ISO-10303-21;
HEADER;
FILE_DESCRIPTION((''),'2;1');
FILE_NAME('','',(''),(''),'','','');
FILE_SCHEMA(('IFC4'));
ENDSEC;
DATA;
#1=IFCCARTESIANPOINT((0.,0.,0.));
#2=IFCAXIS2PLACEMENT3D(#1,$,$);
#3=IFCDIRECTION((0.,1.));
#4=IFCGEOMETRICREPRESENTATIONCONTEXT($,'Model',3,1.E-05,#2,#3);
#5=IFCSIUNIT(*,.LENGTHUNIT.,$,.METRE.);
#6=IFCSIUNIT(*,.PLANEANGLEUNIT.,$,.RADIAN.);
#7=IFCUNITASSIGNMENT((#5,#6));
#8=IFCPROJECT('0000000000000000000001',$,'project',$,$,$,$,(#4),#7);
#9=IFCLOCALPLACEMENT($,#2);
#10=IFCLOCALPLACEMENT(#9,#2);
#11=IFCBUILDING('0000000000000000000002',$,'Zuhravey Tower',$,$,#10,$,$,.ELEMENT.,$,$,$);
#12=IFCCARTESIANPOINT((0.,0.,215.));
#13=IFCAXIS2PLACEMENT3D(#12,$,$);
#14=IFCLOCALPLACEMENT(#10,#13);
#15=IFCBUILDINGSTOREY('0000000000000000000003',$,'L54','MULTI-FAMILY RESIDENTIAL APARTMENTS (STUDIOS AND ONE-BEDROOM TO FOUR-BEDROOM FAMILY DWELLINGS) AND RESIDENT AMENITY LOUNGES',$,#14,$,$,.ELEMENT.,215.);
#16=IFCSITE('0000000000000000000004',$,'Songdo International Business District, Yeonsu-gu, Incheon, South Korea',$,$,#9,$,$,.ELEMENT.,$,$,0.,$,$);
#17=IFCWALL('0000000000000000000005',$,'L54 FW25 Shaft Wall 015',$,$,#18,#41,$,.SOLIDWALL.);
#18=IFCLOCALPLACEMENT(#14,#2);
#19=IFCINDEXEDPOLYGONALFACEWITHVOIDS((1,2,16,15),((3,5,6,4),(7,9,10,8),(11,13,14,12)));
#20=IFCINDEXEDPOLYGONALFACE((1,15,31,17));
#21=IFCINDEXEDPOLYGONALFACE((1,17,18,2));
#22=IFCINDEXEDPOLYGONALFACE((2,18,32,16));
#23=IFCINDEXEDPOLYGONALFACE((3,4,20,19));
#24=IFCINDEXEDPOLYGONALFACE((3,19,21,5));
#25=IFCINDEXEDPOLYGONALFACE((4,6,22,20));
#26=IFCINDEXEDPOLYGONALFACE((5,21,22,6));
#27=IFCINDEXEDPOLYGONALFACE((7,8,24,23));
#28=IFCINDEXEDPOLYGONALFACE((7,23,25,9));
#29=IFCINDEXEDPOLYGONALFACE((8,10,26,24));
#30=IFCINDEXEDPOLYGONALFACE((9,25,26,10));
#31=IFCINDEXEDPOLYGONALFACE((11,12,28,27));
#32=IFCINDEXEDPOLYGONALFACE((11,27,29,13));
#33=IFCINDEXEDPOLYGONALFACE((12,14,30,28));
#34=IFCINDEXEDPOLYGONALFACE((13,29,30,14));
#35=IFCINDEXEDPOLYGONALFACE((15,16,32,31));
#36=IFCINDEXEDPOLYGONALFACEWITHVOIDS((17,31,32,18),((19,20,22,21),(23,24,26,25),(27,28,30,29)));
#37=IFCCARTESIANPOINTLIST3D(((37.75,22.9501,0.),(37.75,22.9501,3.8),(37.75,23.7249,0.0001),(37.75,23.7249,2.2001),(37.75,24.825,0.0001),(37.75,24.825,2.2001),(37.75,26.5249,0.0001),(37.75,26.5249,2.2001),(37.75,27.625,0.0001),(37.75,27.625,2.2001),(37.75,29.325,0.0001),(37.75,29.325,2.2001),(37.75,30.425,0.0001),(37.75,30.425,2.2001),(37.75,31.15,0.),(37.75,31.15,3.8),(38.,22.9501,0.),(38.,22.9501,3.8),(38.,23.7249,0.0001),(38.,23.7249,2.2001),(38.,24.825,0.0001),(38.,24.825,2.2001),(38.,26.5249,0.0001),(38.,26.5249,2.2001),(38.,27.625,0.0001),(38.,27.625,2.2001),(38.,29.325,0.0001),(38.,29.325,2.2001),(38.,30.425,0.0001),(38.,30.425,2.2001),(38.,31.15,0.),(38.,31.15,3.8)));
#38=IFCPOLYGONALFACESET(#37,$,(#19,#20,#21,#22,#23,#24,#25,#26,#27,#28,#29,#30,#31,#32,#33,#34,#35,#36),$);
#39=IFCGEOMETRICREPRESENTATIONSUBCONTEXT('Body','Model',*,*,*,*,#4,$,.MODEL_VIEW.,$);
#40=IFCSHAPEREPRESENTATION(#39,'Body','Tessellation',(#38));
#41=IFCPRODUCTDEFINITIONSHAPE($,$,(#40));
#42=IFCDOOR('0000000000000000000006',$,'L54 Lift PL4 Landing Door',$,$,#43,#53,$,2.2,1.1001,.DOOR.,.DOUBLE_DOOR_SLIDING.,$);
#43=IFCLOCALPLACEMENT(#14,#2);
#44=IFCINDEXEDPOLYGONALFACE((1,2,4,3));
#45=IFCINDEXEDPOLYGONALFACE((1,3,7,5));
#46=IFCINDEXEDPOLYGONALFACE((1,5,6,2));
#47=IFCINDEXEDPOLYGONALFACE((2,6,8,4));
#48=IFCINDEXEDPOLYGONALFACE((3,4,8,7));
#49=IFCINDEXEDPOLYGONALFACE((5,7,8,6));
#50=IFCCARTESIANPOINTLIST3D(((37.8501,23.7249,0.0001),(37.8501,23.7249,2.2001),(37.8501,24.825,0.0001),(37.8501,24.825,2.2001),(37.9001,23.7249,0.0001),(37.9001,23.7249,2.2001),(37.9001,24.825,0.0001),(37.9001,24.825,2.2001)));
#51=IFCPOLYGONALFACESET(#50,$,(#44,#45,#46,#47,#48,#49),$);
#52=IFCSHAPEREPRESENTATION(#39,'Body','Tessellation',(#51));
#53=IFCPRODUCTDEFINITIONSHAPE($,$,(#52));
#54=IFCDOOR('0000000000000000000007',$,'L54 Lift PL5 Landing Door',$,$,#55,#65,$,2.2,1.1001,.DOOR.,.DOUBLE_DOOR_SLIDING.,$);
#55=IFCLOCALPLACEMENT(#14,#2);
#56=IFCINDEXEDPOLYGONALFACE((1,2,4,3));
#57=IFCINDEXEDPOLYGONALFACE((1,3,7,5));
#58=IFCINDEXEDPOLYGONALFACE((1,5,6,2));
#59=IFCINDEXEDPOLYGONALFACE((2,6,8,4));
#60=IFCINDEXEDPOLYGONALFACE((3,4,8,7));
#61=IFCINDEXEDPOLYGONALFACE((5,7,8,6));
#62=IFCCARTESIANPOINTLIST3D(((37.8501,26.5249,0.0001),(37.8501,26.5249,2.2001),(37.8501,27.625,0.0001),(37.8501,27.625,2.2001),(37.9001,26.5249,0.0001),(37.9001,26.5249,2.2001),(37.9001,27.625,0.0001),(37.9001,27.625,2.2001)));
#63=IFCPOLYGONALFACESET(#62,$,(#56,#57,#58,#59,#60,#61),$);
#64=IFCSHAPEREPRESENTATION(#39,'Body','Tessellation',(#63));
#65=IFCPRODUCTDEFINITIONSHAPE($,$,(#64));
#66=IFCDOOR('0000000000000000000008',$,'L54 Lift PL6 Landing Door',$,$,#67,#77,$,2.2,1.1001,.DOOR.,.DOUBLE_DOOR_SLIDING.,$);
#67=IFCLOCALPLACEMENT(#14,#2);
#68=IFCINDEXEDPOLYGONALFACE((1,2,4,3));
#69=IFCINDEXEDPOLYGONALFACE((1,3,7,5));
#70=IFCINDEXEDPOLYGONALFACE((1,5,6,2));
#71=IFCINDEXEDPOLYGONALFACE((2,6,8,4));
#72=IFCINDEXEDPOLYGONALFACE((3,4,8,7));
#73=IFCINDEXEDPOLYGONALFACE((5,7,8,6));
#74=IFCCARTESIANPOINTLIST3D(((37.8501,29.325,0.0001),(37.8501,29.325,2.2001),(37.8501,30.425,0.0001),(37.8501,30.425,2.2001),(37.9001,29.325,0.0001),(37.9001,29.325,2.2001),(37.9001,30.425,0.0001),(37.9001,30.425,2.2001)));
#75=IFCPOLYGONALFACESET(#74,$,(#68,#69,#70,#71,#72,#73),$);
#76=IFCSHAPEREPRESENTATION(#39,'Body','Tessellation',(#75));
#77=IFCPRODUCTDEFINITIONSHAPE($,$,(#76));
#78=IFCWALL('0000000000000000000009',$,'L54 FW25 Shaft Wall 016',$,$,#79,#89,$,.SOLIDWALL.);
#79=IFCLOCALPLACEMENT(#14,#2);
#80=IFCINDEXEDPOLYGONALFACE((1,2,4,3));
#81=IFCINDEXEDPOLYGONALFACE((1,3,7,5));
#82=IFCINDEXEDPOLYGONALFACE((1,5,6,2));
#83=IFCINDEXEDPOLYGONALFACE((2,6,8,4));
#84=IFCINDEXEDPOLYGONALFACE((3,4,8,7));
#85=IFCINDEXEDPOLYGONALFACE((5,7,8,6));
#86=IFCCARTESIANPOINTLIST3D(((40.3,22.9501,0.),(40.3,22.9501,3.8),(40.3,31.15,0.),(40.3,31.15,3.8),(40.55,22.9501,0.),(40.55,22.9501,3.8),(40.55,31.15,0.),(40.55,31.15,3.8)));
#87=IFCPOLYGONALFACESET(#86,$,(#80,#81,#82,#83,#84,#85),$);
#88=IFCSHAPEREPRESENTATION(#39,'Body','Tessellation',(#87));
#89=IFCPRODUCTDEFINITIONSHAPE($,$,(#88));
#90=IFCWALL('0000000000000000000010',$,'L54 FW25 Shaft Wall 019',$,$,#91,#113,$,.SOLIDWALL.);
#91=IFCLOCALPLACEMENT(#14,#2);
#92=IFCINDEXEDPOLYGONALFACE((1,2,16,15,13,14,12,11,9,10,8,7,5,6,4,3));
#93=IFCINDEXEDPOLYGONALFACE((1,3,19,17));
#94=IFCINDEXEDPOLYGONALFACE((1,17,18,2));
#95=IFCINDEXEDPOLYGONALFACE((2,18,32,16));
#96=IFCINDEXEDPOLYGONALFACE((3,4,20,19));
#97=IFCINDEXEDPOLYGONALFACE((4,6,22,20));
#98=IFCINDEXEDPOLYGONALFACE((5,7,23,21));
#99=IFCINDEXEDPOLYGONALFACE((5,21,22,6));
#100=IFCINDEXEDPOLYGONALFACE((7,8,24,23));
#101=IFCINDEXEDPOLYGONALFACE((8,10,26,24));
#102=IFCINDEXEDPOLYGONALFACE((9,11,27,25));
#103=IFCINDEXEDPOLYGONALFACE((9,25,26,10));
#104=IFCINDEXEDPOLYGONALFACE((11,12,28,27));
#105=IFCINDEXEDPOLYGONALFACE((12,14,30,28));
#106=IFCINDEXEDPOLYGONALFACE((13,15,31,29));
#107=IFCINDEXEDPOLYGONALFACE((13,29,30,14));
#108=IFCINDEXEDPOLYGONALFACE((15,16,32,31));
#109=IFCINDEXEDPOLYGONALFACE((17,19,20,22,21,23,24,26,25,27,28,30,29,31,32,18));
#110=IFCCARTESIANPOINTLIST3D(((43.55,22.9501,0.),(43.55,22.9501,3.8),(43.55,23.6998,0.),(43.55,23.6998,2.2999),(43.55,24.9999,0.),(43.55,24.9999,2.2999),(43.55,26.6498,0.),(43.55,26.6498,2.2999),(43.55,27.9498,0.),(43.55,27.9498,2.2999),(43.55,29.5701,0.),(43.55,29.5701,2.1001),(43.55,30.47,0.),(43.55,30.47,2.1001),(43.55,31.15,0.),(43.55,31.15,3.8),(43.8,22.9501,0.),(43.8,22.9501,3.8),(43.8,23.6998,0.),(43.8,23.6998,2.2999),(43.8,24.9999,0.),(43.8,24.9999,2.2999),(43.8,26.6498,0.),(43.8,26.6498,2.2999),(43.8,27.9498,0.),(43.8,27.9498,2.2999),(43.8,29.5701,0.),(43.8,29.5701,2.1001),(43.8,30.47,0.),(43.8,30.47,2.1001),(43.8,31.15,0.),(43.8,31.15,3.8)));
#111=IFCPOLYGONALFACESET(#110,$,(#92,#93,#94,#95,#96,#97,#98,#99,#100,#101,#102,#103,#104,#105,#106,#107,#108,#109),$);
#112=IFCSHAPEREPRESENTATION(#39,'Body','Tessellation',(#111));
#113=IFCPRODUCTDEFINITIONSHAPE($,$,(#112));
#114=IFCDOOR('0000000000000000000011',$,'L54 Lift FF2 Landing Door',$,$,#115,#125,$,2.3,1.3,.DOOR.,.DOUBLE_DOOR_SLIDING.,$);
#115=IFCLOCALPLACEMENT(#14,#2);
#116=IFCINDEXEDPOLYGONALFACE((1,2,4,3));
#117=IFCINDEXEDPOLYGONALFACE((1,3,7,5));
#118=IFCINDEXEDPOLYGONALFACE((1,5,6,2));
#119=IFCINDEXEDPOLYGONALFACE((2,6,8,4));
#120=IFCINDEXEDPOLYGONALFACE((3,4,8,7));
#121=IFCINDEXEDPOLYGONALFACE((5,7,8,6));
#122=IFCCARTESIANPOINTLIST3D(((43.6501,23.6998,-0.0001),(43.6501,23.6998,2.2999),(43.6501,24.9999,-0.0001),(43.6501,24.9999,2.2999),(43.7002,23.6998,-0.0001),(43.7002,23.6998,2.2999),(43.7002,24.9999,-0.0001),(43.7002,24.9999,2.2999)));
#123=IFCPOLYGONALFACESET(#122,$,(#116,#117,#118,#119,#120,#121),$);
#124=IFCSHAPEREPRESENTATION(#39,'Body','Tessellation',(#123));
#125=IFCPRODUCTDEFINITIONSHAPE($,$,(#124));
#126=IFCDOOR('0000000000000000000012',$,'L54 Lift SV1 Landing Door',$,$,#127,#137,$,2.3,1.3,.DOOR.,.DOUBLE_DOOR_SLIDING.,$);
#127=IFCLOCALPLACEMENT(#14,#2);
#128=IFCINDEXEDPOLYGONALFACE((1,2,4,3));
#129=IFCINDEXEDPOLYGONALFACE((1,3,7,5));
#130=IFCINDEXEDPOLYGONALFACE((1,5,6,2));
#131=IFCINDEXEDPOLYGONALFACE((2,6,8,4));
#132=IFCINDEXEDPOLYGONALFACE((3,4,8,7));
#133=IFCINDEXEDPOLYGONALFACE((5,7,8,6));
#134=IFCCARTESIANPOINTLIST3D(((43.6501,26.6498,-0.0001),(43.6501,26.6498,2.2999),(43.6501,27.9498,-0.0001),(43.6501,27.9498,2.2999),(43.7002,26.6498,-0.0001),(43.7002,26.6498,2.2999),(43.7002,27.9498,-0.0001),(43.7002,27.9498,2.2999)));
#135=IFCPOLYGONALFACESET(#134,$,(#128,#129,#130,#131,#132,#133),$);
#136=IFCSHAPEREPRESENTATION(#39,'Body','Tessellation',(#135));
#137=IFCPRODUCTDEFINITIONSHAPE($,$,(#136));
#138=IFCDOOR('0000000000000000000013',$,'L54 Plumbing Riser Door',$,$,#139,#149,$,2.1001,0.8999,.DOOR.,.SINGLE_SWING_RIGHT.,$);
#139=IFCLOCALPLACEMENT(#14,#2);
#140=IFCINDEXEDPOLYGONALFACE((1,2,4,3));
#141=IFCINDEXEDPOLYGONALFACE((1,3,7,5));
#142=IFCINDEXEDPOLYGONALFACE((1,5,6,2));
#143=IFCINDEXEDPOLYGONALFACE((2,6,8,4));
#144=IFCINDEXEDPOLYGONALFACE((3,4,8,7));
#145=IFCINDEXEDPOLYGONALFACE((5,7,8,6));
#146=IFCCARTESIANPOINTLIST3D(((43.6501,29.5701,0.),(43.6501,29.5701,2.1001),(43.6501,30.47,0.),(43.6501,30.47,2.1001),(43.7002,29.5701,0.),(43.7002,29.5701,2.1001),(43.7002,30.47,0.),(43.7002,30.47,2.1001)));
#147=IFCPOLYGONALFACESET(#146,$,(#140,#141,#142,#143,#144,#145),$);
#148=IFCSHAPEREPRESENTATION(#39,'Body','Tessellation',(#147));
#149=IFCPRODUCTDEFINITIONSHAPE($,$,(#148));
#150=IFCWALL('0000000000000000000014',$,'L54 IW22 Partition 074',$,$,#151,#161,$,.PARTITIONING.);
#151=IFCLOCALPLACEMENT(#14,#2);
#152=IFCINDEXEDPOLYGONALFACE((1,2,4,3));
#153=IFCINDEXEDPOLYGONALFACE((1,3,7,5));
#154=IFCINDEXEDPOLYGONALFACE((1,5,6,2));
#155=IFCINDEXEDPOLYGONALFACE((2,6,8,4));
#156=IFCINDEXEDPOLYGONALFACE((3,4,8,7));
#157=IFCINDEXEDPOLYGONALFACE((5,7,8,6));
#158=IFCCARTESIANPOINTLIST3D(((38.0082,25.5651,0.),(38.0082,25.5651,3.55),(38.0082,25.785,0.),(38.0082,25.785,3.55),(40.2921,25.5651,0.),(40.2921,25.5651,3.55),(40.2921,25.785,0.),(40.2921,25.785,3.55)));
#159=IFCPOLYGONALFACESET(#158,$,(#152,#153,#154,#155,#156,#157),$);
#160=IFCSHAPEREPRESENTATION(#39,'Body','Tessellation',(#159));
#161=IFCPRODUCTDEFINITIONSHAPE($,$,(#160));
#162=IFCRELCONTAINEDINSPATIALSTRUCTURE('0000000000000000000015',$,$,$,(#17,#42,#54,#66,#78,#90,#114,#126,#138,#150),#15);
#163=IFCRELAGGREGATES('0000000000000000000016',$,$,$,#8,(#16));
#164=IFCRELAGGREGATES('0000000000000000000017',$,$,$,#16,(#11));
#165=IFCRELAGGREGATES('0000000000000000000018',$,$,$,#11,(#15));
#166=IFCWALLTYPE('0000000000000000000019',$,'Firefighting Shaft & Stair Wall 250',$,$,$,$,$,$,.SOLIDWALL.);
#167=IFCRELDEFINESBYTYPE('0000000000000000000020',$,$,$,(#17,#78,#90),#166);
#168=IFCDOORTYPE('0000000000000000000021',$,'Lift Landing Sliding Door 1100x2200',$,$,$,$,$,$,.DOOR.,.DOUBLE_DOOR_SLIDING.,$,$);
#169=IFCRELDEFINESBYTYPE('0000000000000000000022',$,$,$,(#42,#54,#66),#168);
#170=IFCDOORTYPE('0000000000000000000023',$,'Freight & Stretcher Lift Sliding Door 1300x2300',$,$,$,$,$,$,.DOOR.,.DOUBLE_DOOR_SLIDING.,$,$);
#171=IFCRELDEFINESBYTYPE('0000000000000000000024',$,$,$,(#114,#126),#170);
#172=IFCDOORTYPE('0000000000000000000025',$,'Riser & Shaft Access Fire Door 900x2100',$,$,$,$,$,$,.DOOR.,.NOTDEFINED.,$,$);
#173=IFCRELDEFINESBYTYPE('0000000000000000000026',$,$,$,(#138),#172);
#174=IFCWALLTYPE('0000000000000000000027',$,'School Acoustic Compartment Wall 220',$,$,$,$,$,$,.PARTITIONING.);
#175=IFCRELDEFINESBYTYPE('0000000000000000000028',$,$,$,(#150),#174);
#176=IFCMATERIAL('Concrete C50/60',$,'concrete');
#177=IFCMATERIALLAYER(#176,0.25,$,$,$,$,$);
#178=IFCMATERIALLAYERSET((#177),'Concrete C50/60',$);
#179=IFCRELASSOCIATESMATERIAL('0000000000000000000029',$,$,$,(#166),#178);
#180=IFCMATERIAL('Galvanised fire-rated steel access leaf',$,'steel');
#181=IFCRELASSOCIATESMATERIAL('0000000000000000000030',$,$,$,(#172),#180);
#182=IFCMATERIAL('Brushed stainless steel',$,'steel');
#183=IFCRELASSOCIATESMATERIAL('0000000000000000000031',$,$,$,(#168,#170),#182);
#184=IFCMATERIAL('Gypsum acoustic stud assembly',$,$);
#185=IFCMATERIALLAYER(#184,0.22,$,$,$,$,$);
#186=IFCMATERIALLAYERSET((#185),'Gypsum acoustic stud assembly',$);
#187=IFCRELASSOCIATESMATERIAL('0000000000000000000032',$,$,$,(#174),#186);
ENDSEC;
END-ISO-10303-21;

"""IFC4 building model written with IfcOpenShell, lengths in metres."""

from ifc_helpers import new_model, si_unit, direction, frame, frame_2d, origin, place, context, subcontext, project, spatial, rectangle, extrude, material, layer, layer_set, type_object, element, fill, save


model = new_model("IFC4")

# Units and contexts
model_context = context("Model", 3, precision=1e-05, world=origin(), true_north=direction((0.0, 1.0)))
body_context = subcontext(model_context, "Body", "Model", "MODEL_VIEW")
ifc_project = project(units=[si_unit("LENGTHUNIT", "METRE"), si_unit("PLANEANGLEUNIT", "RADIAN")], contexts=[model_context])

# Site, building, storey
site_placement = place(None, origin())
site = spatial("IfcSite", under=ifc_project, at=site_placement, Name="Songdo International Business District, Yeonsu-gu, Incheon, South Korea", CompositionType="ELEMENT", RefElevation=0.0)
building_placement = place(site_placement, origin())
building = spatial("IfcBuilding", under=site, at=building_placement, Name="Zuhravey Tower", CompositionType="ELEMENT")
storey_placement = place(building_placement, frame((0.0, 0.0, 215.0)))
storey = spatial("IfcBuildingStorey", under=building, at=storey_placement, Name="L54", Description="MULTI-FAMILY RESIDENTIAL APARTMENTS (STUDIOS AND ONE-BEDROOM TO FOUR-BEDROOM FAMILY DWELLINGS) AND RESIDENT AMENITY LOUNGES", CompositionType="ELEMENT", Elevation=215.0)

# Shared definitions
ifc_material_1 = material(Name="Concrete C50/60", Category="concrete")
ifc_layer_1 = layer(ifc_material_1, 0.25)
ifc_layer_set_1 = layer_set([ifc_layer_1], Name="Concrete C50/60")
wall_type_1 = type_object("IfcWallType", Name="Firefighting Shaft & Stair Wall 250", PredefinedType="SOLIDWALL", material=ifc_layer_set_1)

# Shared definitions
ifc_material_2 = material(Name="Galvanised fire-rated steel access leaf", Category="steel")
door_type_1 = type_object("IfcDoorType", Name="Riser & Shaft Access Fire Door 900x2100", OperationType="NOTDEFINED", PredefinedType="DOOR", material=ifc_material_2)

# Wall, openings, doors
wall_1_placement = place(storey_placement, frame((37.875, 22.95, 0.0), z_axis=(0.0, 0.0, 1.0), x_axis=(0.0, 1.0, 0.0)))
wall_1 = element("IfcWall", 1, at=wall_1_placement, inside=storey, type_object=wall_type_1, Name="L54 FW25 Shaft Wall 015", PredefinedType="SOLIDWALL", context=body_context, shape_type="SweptSolid", body=[
    extrude(rectangle(XDim=8.2, YDim=0.25, at=frame_2d((4.1001, 0.0))), origin(), (0.0, 0.0, 1.0), 3.8),
])
opening_1_placement = place(wall_1_placement, frame((0.7749, 0.0, 0.0)))
opening_1 = element("IfcOpeningElement", 2, at=opening_1_placement, cuts=wall_1, PredefinedType="OPENING", context=body_context, shape_type="SweptSolid", body=[
    extrude(rectangle(XDim=1.1001, YDim=2.2, at=frame_2d((0.55, 1.1001))), frame((0.0, 0.137, 0.0), z_axis=(0.0, -1.0, 0.0), x_axis=(1.0, 0.0, 0.0)), (0.0, 0.0, 1.0), 0.2739),
])
opening_2_placement = place(wall_1_placement, frame((3.575, 0.0, 0.0)))
opening_2 = element("IfcOpeningElement", 3, at=opening_2_placement, cuts=wall_1, PredefinedType="OPENING", context=body_context, shape_type="SweptSolid", body=[
    extrude(rectangle(XDim=1.1001, YDim=2.2, at=frame_2d((0.55, 1.1001))), frame((0.0, 0.137, 0.0), z_axis=(0.0, -1.0, 0.0), x_axis=(1.0, 0.0, 0.0)), (0.0, 0.0, 1.0), 0.2739),
])
opening_3_placement = place(wall_1_placement, frame((6.375, 0.0, 0.0)))
opening_3 = element("IfcOpeningElement", 4, at=opening_3_placement, cuts=wall_1, PredefinedType="OPENING", context=body_context, shape_type="SweptSolid", body=[
    extrude(rectangle(XDim=1.1001, YDim=2.2, at=frame_2d((0.55, 1.1001))), frame((0.0, 0.137, 0.0), z_axis=(0.0, -1.0, 0.0), x_axis=(1.0, 0.0, 0.0)), (0.0, 0.0, 1.0), 0.2739),
])
ifc_material_3 = material(Name="Brushed stainless steel", Category="steel")
door_type_2 = type_object("IfcDoorType", Name="Lift Landing Sliding Door 1100x2200", OperationType="DOUBLE_DOOR_SLIDING", PredefinedType="DOOR", material=ifc_material_3)
door_1_placement = place(opening_1_placement, origin())
door_1 = element("IfcDoor", 5, at=door_1_placement, inside=storey, type_object=door_type_2, Name="L54 Lift PL4 Landing Door", OperationType="DOUBLE_DOOR_SLIDING", OverallHeight=2.2, OverallWidth=1.1001, PredefinedType="DOOR", context=body_context, shape_type="SweptSolid", body=[
    extrude(rectangle(XDim=1.1001, YDim=2.2, at=frame_2d((0.55, 1.1001))), frame((0.0, 0.0249, 0.0), z_axis=(0.0, -1.0, 0.0), x_axis=(1.0, 0.0, 0.0)), (0.0, 0.0, 1.0), 0.05),
])
fill(opening_1, door_1)
door_2_placement = place(opening_2_placement, origin())
door_2 = element("IfcDoor", 6, at=door_2_placement, inside=storey, type_object=door_type_2, Name="L54 Lift PL5 Landing Door", OperationType="DOUBLE_DOOR_SLIDING", OverallHeight=2.2, OverallWidth=1.1001, PredefinedType="DOOR", context=body_context, shape_type="SweptSolid", body=[
    extrude(rectangle(XDim=1.1001, YDim=2.2, at=frame_2d((0.55, 1.1001))), frame((0.0, 0.0249, 0.0), z_axis=(0.0, -1.0, 0.0), x_axis=(1.0, 0.0, 0.0)), (0.0, 0.0, 1.0), 0.05),
])
fill(opening_2, door_2)
door_3_placement = place(opening_3_placement, origin())
door_3 = element("IfcDoor", 7, at=door_3_placement, inside=storey, type_object=door_type_2, Name="L54 Lift PL6 Landing Door", OperationType="DOUBLE_DOOR_SLIDING", OverallHeight=2.2, OverallWidth=1.1001, PredefinedType="DOOR", context=body_context, shape_type="SweptSolid", body=[
    extrude(rectangle(XDim=1.1001, YDim=2.2, at=frame_2d((0.55, 1.1001))), frame((0.0, 0.0249, 0.0), z_axis=(0.0, -1.0, 0.0), x_axis=(1.0, 0.0, 0.0)), (0.0, 0.0, 1.0), 0.05),
])
fill(opening_3, door_3)

# Wall
wall_2_placement = place(storey_placement, frame((40.425, 22.95, 0.0), z_axis=(0.0, 0.0, 1.0), x_axis=(0.0, 1.0, 0.0)))
element("IfcWall", 8, at=wall_2_placement, inside=storey, type_object=wall_type_1, Name="L54 FW25 Shaft Wall 016", PredefinedType="SOLIDWALL", context=body_context, shape_type="SweptSolid", body=[
    extrude(rectangle(XDim=8.2, YDim=0.25, at=frame_2d((4.1001, 0.0))), origin(), (0.0, 0.0, 1.0), 3.8),
])

# Wall, openings, doors
wall_3_placement = place(storey_placement, frame((43.675, 22.95, 0.0), z_axis=(0.0, 0.0, 1.0), x_axis=(0.0, 1.0, 0.0)))
wall_3 = element("IfcWall", 9, at=wall_3_placement, inside=storey, type_object=wall_type_1, Name="L54 FW25 Shaft Wall 019", PredefinedType="SOLIDWALL", context=body_context, shape_type="SweptSolid", body=[
    extrude(rectangle(XDim=8.2, YDim=0.25, at=frame_2d((4.1001, 0.0))), origin(), (0.0, 0.0, 1.0), 3.8),
])
opening_4_placement = place(wall_3_placement, frame((0.75, 0.0, 0.0)))
opening_4 = element("IfcOpeningElement", 10, at=opening_4_placement, cuts=wall_3, PredefinedType="OPENING", context=body_context, shape_type="SweptSolid", body=[
    extrude(rectangle(XDim=1.3, YDim=2.3, at=frame_2d((0.6499, 1.1499))), frame((0.0, 0.137, 0.0), z_axis=(0.0, -1.0, 0.0), x_axis=(1.0, 0.0, 0.0)), (0.0, 0.0, 1.0), 0.2739),
])
opening_5_placement = place(wall_3_placement, frame((3.7, 0.0, 0.0)))
opening_5 = element("IfcOpeningElement", 11, at=opening_5_placement, cuts=wall_3, PredefinedType="OPENING", context=body_context, shape_type="SweptSolid", body=[
    extrude(rectangle(XDim=1.3, YDim=2.3, at=frame_2d((0.6499, 1.1499))), frame((0.0, 0.137, 0.0), z_axis=(0.0, -1.0, 0.0), x_axis=(1.0, 0.0, 0.0)), (0.0, 0.0, 1.0), 0.2739),
])
opening_6_placement = place(wall_3_placement, frame((6.6201, 0.0, 0.0)))
opening_6 = element("IfcOpeningElement", 12, at=opening_6_placement, cuts=wall_3, PredefinedType="OPENING", context=body_context, shape_type="SweptSolid", body=[
    extrude(rectangle(XDim=0.8999, YDim=2.1001, at=frame_2d((0.45, 1.05))), frame((0.0, 0.137, 0.0), z_axis=(0.0, -1.0, 0.0), x_axis=(1.0, 0.0, 0.0)), (0.0, 0.0, 1.0), 0.2739),
])
door_type_3 = type_object("IfcDoorType", Name="Freight & Stretcher Lift Sliding Door 1300x2300", OperationType="DOUBLE_DOOR_SLIDING", PredefinedType="DOOR", material=ifc_material_3)
door_4_placement = place(opening_4_placement, origin())
door_4 = element("IfcDoor", 13, at=door_4_placement, inside=storey, type_object=door_type_3, Name="L54 Lift FF2 Landing Door", OperationType="DOUBLE_DOOR_SLIDING", OverallHeight=2.3, OverallWidth=1.3, PredefinedType="DOOR", context=body_context, shape_type="SweptSolid", body=[
    extrude(rectangle(XDim=1.3, YDim=2.3, at=frame_2d((0.6499, 1.1499))), frame((0.0, 0.0249, 0.0), z_axis=(0.0, -1.0, 0.0), x_axis=(1.0, 0.0, 0.0)), (0.0, 0.0, 1.0), 0.05),
])
fill(opening_4, door_4)
door_5_placement = place(opening_5_placement, origin())
door_5 = element("IfcDoor", 14, at=door_5_placement, inside=storey, type_object=door_type_3, Name="L54 Lift SV1 Landing Door", OperationType="DOUBLE_DOOR_SLIDING", OverallHeight=2.3, OverallWidth=1.3, PredefinedType="DOOR", context=body_context, shape_type="SweptSolid", body=[
    extrude(rectangle(XDim=1.3, YDim=2.3, at=frame_2d((0.6499, 1.1499))), frame((0.0, 0.0249, 0.0), z_axis=(0.0, -1.0, 0.0), x_axis=(1.0, 0.0, 0.0)), (0.0, 0.0, 1.0), 0.05),
])
fill(opening_5, door_5)
door_6_placement = place(opening_6_placement, origin())
door_6 = element("IfcDoor", 15, at=door_6_placement, inside=storey, type_object=door_type_1, Name="L54 Plumbing Riser Door", OperationType="SINGLE_SWING_RIGHT", OverallHeight=2.1001, OverallWidth=0.8999, PredefinedType="DOOR", context=body_context, shape_type="SweptSolid", body=[
    extrude(rectangle(XDim=0.8999, YDim=2.1001, at=frame_2d((0.45, 1.05))), frame((0.0, 0.0249, 0.0), z_axis=(0.0, -1.0, 0.0), x_axis=(1.0, 0.0, 0.0)), (0.0, 0.0, 1.0), 0.05),
])
fill(opening_6, door_6)

# Wall
ifc_material_4 = material(Name="Gypsum acoustic stud assembly")
ifc_layer_2 = layer(ifc_material_4, 0.22)
ifc_layer_set_2 = layer_set([ifc_layer_2], Name="Gypsum acoustic stud assembly")
wall_type_2 = type_object("IfcWallType", Name="School Acoustic Compartment Wall 220", PredefinedType="PARTITIONING", material=ifc_layer_set_2)
for number, where, z_axis, x_axis, name in (
    (16, (38.0081, 25.675, 0.0), (0.0, 0.0, 1.0), (1.0, 0.0, 0.0), "L54 IW22 Partition 074"),
):
    element("IfcWall", number, at=place(storey_placement, frame(where, z_axis=z_axis, x_axis=x_axis)), inside=storey, type_object=wall_type_2, Name=name, PredefinedType="PARTITIONING", context=body_context, shape_type="SweptSolid", body=[
        extrude(rectangle(XDim=2.2839, YDim=0.22, at=frame_2d((1.1421, 0.0))), origin(), (0.0, 0.0, 1.0), 3.55),
    ])

save(model, "model.ifc")
